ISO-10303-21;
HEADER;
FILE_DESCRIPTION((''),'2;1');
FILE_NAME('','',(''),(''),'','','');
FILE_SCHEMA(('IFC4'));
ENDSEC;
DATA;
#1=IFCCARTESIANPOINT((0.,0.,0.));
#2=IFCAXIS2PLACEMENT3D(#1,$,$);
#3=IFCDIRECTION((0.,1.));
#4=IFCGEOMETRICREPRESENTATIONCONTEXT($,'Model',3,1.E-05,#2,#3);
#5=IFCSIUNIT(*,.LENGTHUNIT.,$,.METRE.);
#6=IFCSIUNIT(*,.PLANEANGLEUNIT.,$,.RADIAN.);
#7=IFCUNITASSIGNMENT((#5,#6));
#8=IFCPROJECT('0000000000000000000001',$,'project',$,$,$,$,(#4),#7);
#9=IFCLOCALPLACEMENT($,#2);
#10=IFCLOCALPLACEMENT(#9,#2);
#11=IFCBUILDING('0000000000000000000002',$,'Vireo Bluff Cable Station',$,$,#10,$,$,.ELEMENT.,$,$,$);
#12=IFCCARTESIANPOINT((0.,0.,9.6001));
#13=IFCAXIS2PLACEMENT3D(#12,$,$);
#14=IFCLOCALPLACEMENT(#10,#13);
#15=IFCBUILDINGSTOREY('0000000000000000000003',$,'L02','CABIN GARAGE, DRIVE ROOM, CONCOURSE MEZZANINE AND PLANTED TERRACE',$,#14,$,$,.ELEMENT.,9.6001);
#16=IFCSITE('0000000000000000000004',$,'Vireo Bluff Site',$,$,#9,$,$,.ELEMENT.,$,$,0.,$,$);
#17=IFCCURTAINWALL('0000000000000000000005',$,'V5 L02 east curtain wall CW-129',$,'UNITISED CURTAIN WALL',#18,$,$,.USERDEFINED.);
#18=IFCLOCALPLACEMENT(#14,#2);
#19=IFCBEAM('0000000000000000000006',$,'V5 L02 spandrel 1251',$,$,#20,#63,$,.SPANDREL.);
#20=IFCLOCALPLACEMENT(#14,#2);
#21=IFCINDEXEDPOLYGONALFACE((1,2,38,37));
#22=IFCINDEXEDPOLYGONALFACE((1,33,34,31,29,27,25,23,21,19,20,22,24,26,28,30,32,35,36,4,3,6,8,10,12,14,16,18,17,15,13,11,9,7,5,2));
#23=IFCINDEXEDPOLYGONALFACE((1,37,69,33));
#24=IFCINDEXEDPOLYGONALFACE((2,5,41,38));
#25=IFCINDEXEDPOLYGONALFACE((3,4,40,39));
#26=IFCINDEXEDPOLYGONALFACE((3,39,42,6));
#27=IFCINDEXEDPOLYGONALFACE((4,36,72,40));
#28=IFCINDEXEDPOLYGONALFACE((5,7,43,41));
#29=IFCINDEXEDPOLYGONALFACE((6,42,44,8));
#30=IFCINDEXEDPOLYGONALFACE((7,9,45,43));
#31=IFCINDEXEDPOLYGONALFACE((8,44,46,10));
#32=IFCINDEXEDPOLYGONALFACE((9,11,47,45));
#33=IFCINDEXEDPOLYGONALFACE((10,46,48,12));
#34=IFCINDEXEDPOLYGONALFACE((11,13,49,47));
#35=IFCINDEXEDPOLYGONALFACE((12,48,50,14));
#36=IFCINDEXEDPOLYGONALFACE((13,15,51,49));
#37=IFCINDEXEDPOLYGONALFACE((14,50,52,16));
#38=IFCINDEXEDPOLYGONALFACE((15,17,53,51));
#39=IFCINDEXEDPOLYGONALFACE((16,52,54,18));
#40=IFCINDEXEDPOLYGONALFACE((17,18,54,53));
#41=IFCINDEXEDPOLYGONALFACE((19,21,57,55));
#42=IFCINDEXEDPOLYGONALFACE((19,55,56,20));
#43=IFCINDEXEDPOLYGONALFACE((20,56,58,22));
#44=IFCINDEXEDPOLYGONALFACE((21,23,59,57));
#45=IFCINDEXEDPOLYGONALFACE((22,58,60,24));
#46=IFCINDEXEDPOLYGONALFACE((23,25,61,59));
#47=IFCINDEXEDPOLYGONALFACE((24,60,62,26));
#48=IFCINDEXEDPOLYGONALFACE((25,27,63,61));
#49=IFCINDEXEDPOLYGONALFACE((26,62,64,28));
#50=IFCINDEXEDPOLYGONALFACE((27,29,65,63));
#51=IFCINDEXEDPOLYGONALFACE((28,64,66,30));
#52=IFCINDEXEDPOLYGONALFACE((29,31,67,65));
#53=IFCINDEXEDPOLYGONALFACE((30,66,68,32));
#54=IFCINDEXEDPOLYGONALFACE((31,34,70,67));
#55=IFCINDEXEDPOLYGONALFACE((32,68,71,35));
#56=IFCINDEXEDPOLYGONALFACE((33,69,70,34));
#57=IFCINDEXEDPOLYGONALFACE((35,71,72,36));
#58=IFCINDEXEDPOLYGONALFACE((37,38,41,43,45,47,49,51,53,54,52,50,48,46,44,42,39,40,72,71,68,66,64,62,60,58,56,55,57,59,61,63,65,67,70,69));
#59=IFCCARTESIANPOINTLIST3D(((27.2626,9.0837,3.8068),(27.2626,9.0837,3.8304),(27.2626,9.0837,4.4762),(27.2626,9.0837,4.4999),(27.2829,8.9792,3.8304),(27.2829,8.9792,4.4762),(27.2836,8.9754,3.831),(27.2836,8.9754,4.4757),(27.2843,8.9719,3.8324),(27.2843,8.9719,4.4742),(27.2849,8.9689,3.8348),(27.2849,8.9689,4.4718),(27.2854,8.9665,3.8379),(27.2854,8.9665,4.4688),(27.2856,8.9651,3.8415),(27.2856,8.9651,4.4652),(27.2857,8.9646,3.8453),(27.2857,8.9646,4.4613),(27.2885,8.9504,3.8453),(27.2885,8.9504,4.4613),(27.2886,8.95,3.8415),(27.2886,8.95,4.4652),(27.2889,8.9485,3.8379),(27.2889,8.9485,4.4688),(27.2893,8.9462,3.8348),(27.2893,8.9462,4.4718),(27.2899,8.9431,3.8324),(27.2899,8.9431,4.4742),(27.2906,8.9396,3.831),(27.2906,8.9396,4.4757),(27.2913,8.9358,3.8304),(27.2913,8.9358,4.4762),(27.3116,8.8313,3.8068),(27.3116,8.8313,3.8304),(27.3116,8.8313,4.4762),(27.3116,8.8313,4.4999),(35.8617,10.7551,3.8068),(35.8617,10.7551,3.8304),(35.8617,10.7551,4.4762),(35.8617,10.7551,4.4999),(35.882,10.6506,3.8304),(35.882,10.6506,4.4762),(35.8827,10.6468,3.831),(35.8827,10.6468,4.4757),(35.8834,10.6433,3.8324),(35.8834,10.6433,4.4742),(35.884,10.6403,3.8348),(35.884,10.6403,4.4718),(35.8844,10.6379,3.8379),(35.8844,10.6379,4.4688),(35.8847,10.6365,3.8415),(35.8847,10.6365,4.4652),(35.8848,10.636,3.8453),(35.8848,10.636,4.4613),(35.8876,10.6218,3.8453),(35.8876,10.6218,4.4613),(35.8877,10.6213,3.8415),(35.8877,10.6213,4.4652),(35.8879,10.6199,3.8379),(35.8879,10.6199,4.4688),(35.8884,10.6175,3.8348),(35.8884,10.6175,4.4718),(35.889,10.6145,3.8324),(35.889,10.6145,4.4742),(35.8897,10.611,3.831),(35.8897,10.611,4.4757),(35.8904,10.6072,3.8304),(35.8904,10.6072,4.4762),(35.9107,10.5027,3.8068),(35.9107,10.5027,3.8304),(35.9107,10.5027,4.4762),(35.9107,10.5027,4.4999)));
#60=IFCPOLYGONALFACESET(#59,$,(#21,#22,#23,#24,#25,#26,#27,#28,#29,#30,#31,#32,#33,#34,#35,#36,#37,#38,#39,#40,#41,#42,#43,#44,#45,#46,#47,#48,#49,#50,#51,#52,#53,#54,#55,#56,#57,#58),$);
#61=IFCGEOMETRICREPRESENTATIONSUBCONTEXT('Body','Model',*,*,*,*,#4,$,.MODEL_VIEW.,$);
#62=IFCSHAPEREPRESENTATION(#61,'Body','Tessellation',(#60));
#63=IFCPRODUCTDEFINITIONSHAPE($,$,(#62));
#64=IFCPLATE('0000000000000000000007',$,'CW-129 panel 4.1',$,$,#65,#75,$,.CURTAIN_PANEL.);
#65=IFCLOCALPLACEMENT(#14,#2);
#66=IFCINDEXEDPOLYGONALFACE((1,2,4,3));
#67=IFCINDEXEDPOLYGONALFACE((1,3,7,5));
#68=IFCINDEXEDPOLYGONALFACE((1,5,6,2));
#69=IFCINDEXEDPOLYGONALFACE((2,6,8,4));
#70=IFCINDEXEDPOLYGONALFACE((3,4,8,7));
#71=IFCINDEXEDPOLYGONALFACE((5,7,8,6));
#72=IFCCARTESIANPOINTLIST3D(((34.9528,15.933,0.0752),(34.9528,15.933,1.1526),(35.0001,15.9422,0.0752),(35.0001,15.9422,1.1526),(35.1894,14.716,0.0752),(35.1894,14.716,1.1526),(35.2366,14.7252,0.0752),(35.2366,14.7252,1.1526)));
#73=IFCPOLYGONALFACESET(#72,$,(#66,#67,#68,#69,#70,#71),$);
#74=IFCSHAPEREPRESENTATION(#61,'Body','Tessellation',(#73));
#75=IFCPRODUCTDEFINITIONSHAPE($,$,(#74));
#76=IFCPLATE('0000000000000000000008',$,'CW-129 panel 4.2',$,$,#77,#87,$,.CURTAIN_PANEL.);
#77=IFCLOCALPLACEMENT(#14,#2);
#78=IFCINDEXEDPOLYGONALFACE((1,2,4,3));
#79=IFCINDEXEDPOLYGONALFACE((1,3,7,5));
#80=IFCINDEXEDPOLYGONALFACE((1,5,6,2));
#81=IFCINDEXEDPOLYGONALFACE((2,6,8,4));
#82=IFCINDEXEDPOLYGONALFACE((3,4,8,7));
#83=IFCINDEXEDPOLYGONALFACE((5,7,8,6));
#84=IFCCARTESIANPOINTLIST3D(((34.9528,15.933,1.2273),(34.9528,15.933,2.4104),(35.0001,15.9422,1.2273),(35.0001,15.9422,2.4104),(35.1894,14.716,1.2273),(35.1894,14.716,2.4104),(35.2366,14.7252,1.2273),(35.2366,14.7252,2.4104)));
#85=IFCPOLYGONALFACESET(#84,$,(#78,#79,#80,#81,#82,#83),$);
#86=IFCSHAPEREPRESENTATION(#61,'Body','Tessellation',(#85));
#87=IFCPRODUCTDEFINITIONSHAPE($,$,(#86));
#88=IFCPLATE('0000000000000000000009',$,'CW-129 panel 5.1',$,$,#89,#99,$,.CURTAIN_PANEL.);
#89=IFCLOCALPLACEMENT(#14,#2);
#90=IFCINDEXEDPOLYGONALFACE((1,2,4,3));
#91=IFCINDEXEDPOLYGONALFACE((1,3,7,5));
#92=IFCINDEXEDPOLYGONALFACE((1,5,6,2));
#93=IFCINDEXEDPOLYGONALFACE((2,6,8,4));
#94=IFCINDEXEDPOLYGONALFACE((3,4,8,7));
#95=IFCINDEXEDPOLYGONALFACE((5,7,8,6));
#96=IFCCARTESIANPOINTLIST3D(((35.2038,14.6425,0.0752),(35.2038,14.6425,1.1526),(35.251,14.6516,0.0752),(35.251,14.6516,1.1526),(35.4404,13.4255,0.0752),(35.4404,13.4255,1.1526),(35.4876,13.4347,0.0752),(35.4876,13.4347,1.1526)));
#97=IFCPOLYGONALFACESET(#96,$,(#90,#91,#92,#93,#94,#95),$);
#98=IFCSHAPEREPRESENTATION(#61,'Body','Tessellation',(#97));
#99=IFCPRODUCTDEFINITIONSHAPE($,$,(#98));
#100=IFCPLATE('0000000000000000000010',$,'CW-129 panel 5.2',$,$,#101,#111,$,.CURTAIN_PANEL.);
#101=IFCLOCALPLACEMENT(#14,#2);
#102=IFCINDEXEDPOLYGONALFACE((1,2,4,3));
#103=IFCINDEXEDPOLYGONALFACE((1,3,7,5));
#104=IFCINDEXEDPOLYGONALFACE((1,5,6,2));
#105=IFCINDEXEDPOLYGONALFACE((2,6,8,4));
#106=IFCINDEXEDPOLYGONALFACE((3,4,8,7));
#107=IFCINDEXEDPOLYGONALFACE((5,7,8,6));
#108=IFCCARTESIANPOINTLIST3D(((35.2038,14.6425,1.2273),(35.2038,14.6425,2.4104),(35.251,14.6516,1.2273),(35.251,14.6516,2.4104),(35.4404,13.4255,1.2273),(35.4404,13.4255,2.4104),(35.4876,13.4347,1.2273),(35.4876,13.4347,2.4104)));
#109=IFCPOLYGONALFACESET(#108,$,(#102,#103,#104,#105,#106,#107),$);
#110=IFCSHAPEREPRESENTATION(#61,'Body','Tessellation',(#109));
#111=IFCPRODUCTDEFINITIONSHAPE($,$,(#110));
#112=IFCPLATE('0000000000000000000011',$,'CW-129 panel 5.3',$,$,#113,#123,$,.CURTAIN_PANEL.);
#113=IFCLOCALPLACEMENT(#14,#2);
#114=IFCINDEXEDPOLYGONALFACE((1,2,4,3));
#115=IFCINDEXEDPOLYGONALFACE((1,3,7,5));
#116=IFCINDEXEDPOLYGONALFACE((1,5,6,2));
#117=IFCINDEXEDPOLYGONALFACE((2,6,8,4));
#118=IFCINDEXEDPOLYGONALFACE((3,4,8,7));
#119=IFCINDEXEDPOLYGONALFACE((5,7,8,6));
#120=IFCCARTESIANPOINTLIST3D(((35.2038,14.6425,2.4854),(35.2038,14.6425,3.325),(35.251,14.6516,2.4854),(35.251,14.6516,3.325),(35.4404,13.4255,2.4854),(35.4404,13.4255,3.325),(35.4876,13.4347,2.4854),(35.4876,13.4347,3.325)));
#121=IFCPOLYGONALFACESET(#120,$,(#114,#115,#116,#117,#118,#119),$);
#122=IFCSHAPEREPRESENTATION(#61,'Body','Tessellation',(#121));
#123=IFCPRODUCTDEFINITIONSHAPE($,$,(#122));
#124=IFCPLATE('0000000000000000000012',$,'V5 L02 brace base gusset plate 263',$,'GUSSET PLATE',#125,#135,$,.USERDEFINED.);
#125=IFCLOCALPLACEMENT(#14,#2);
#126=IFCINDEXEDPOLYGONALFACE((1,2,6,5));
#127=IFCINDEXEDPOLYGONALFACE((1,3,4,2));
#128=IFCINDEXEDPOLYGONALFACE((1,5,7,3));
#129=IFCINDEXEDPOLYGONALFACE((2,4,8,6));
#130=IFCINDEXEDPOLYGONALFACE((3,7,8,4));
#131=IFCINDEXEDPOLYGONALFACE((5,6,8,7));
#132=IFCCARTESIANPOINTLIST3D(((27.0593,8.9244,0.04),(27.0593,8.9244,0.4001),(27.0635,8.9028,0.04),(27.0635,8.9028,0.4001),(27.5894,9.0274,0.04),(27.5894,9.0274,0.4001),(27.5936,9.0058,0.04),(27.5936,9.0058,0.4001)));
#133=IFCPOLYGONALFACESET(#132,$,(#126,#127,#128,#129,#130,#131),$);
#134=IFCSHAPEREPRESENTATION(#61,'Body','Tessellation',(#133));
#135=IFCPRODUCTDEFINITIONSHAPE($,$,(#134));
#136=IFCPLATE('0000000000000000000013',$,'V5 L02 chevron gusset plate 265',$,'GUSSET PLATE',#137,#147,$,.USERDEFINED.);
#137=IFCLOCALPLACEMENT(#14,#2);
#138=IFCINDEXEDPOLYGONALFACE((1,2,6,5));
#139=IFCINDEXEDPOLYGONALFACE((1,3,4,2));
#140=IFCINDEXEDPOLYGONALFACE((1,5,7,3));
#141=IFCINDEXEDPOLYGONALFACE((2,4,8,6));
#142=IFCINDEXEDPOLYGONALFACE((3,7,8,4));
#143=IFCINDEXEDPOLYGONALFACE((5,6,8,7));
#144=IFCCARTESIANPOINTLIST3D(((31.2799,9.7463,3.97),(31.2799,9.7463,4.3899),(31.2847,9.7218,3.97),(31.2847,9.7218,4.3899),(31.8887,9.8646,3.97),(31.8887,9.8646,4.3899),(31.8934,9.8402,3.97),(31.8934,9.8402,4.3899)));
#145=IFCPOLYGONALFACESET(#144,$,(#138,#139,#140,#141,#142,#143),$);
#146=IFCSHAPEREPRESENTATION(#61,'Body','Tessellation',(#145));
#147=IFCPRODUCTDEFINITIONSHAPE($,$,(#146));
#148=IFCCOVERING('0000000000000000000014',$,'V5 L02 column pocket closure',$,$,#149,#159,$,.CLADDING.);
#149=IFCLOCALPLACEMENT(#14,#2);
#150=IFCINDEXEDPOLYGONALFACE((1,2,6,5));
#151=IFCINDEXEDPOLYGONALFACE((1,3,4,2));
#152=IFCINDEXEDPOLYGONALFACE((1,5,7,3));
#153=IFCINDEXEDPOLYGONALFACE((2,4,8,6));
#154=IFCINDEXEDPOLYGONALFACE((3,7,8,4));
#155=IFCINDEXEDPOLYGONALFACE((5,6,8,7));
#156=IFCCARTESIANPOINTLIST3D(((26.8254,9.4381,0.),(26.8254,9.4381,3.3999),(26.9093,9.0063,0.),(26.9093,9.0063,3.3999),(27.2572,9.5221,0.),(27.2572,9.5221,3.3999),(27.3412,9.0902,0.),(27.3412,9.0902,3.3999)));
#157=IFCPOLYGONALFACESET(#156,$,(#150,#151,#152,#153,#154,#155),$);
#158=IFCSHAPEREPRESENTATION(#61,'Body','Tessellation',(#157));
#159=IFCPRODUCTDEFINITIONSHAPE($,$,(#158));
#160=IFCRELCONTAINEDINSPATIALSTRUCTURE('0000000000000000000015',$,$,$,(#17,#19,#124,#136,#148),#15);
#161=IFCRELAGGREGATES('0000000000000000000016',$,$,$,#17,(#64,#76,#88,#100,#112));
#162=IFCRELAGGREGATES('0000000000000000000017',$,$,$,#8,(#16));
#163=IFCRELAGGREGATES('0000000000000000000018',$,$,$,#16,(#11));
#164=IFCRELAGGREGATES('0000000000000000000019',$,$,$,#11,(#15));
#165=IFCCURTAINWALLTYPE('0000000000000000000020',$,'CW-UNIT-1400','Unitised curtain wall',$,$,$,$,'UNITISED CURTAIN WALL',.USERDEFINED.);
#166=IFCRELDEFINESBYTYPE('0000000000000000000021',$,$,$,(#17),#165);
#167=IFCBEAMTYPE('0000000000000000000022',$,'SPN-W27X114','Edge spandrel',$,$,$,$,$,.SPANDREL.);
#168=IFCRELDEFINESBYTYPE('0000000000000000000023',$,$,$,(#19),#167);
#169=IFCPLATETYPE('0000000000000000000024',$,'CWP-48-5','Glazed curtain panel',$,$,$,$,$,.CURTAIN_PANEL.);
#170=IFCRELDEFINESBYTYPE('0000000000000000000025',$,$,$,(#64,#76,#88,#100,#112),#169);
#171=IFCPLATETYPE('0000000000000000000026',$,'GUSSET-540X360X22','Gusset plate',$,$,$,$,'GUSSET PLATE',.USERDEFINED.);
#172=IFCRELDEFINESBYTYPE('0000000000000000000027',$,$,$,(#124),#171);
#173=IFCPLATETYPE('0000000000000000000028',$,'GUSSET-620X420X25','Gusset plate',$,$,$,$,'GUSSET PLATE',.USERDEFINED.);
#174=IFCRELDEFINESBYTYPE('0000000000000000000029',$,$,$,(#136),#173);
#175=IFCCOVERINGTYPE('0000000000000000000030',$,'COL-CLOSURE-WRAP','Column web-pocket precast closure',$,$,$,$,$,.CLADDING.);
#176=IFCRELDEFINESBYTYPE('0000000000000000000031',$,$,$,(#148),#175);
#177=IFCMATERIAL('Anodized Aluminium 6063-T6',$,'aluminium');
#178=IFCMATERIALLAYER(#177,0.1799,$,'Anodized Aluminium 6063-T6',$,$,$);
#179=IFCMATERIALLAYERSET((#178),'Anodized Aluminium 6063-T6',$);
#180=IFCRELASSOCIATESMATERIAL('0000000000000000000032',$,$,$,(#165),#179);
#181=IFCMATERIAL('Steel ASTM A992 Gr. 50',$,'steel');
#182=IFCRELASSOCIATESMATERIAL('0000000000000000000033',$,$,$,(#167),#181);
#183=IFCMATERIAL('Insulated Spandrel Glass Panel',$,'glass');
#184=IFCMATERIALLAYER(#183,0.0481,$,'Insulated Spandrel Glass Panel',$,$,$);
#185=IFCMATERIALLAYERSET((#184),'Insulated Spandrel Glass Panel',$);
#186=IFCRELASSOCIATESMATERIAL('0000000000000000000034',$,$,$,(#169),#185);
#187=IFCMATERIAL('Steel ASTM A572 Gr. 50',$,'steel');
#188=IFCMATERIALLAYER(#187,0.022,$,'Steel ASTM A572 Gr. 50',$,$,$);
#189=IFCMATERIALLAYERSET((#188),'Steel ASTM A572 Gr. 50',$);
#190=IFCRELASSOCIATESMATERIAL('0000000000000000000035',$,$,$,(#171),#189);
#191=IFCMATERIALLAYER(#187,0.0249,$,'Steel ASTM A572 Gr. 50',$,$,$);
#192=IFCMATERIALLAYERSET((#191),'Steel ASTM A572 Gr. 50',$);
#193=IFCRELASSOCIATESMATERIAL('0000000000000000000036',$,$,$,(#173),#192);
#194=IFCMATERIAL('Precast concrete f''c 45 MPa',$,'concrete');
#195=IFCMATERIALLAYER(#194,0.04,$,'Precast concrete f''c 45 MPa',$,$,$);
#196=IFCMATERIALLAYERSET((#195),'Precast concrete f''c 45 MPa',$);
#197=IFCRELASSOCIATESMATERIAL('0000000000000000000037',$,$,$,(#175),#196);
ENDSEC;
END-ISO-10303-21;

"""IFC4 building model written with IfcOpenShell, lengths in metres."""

from ifc_helpers import new_model, si_unit, direction, frame, origin, origin_2d, place, context, subcontext, project, spatial, rectangle, i_section, extrude, material, layer, layer_set, material_profile, profile_set, type_object, element, aggregate, save


model = new_model("IFC4")

# Units and contexts
model_context = context("Model", 3, precision=1e-05, world=origin(), true_north=direction((0.0, 1.0)))
body_context = subcontext(model_context, "Body", "Model", "MODEL_VIEW")
ifc_project = project(units=[si_unit("LENGTHUNIT", "METRE"), si_unit("PLANEANGLEUNIT", "RADIAN")], contexts=[model_context])

# Site, building, storey
site_placement = place(None, origin())
site = spatial("IfcSite", under=ifc_project, at=site_placement, Name="Vireo Bluff Site", CompositionType="ELEMENT", RefElevation=0.0)
building_placement = place(site_placement, origin())
building = spatial("IfcBuilding", under=site, at=building_placement, Name="Vireo Bluff Cable Station", CompositionType="ELEMENT")
storey_placement = place(building_placement, frame((0.0, 0.0, 9.6001)))
storey = spatial("IfcBuildingStorey", under=building, at=storey_placement, Name="L02", Description="CABIN GARAGE, DRIVE ROOM, CONCOURSE MEZZANINE AND PLANTED TERRACE", CompositionType="ELEMENT", Elevation=9.6001)

# Shared definitions
ifc_material_1 = material(Name="Steel ASTM A992 Gr. 50", Category="steel")

# Shared definitions
ifc_material_2 = material(Name="Anodized Aluminium 6063-T6", Category="aluminium")

# Curtain wall
ifc_layer_1 = layer(ifc_material_2, 0.1799, Name="Anodized Aluminium 6063-T6")
ifc_layer_set_1 = layer_set([ifc_layer_1], Name="Anodized Aluminium 6063-T6")
curtain_wall_type_1 = type_object("IfcCurtainWallType", Name="CW-UNIT-1400", Description="Unitised curtain wall", ElementType="UNITISED CURTAIN WALL", PredefinedType="USERDEFINED", material=ifc_layer_set_1)
curtain_wall_1_placement = place(storey_placement, origin())
curtain_wall_1 = element("IfcCurtainWall", 1, at=curtain_wall_1_placement, inside=storey, type_object=curtain_wall_type_1, Name="V5 L02 east curtain wall CW-129", ObjectType="UNITISED CURTAIN WALL", PredefinedType="USERDEFINED")

# Beam
ifc_material_profile_1 = material_profile(ifc_material_1, i_section(OverallWidth=0.2571, OverallDepth=0.6931, WebThickness=0.0144, FlangeThickness=0.0237, FilletRadius=0.0149, at=origin_2d()), Name="W27X114")
ifc_profile_set_1 = profile_set([ifc_material_profile_1], Name="Steel ASTM A992 Gr. 50")
beam_type_1 = type_object("IfcBeamType", Name="SPN-W27X114", Description="Edge spandrel", PredefinedType="SPANDREL", material=ifc_profile_set_1)
beam_1_placement = place(storey_placement, frame((27.2871, 8.9575, 4.1533), z_axis=(0.98163, 0.190797, 0.0), x_axis=(-0.190797, 0.98163, 0.0)))
element("IfcBeam", 2, at=beam_1_placement, inside=storey, type_object=beam_type_1, Name="V5 L02 spandrel 1251", PredefinedType="SPANDREL", context=body_context, shape_type="SweptSolid", body=[
    extrude(i_section(OverallWidth=0.2571, OverallDepth=0.6931, WebThickness=0.0144, FlangeThickness=0.0237, FilletRadius=0.0149, at=origin_2d()), origin(), (0.0, 0.0, 1.0), 8.76),
])

# Plates
ifc_material_3 = material(Name="Insulated Spandrel Glass Panel", Category="glass")
ifc_layer_2 = layer(ifc_material_3, 0.0481, Name="Insulated Spandrel Glass Panel")
ifc_layer_set_2 = layer_set([ifc_layer_2], Name="Insulated Spandrel Glass Panel")
plate_type_1 = type_object("IfcPlateType", Name="CWP-48-5", Description="Glazed curtain panel", PredefinedType="CURTAIN_PANEL", material=ifc_layer_set_2)
plate_1_placement = place(storey_placement, frame((35.0947, 15.3291, 0.0752), z_axis=(0.0, 0.0, 1.0), x_axis=(0.190809, -0.981627, 0.0)))
plate_1 = element("IfcPlate", 3, at=plate_1_placement, type_object=plate_type_1, Name="CW-129 panel 4.1", PredefinedType="CURTAIN_PANEL", context=body_context, shape_type="SweptSolid", body=[
    extrude(rectangle(XDim=1.2397, YDim=0.0481, at=origin_2d()), origin(), (0.0, 0.0, 1.0), 1.0774),
])
plate_2_placement = place(storey_placement, frame((35.0947, 15.3291, 1.2273), z_axis=(0.0, 0.0, 1.0), x_axis=(0.190809, -0.981627, 0.0)))
plate_2 = element("IfcPlate", 4, at=plate_2_placement, type_object=plate_type_1, Name="CW-129 panel 4.2", PredefinedType="CURTAIN_PANEL", context=body_context, shape_type="SweptSolid", body=[
    extrude(rectangle(XDim=1.2397, YDim=0.0481, at=origin_2d()), origin(), (0.0, 0.0, 1.0), 1.1831),
])
plate_3_placement = place(storey_placement, frame((35.3457, 14.0386, 0.0752), z_axis=(0.0, 0.0, 1.0), x_axis=(0.190809, -0.981627, 0.0)))
plate_3 = element("IfcPlate", 5, at=plate_3_placement, type_object=plate_type_1, Name="CW-129 panel 5.1", PredefinedType="CURTAIN_PANEL", context=body_context, shape_type="SweptSolid", body=[
    extrude(rectangle(XDim=1.2397, YDim=0.0481, at=origin_2d()), origin(), (0.0, 0.0, 1.0), 1.0774),
])
plate_4_placement = place(storey_placement, frame((35.3457, 14.0386, 1.2273), z_axis=(0.0, 0.0, 1.0), x_axis=(0.190809, -0.981627, 0.0)))
plate_4 = element("IfcPlate", 6, at=plate_4_placement, type_object=plate_type_1, Name="CW-129 panel 5.2", PredefinedType="CURTAIN_PANEL", context=body_context, shape_type="SweptSolid", body=[
    extrude(rectangle(XDim=1.2397, YDim=0.0481, at=origin_2d()), origin(), (0.0, 0.0, 1.0), 1.1831),
])
plate_5_placement = place(storey_placement, frame((35.3457, 14.0386, 2.4854), z_axis=(0.0, 0.0, 1.0), x_axis=(0.190809, -0.981627, 0.0)))
plate_5 = element("IfcPlate", 7, at=plate_5_placement, type_object=plate_type_1, Name="CW-129 panel 5.3", PredefinedType="CURTAIN_PANEL", context=body_context, shape_type="SweptSolid", body=[
    extrude(rectangle(XDim=1.2397, YDim=0.0481, at=origin_2d()), origin(), (0.0, 0.0, 1.0), 0.8396),
])
aggregate(curtain_wall_1, [plate_1, plate_2, plate_3, plate_4, plate_5])

# Plates
ifc_material_4 = material(Name="Steel ASTM A572 Gr. 50", Category="steel")
ifc_layer_3 = layer(ifc_material_4, 0.022, Name="Steel ASTM A572 Gr. 50")
ifc_layer_set_3 = layer_set([ifc_layer_3], Name="Steel ASTM A572 Gr. 50")
plate_type_2 = type_object("IfcPlateType", Name="GUSSET-540X360X22", Description="Gusset plate", ElementType="GUSSET PLATE", PredefinedType="USERDEFINED", material=ifc_layer_set_3)
plate_6_placement = place(storey_placement, frame((27.3264, 8.9651, 0.04), z_axis=(0.0, 0.0, 1.0), x_axis=(0.981627, 0.190809, 0.0)))
element("IfcPlate", 8, at=plate_6_placement, inside=storey, type_object=plate_type_2, Name="V5 L02 brace base gusset plate 263", ObjectType="GUSSET PLATE", PredefinedType="USERDEFINED", context=body_context, shape_type="SweptSolid", body=[
    extrude(rectangle(XDim=0.54, YDim=0.022, at=origin_2d()), origin(), (0.0, 0.0, 1.0), 0.3601),
])
ifc_layer_4 = layer(ifc_material_4, 0.0249, Name="Steel ASTM A572 Gr. 50")
ifc_layer_set_4 = layer_set([ifc_layer_4], Name="Steel ASTM A572 Gr. 50")
plate_type_3 = type_object("IfcPlateType", Name="GUSSET-620X420X25", Description="Gusset plate", ElementType="GUSSET PLATE", PredefinedType="USERDEFINED", material=ifc_layer_set_4)
plate_7_placement = place(storey_placement, frame((31.5867, 9.7932, 3.97), z_axis=(0.0, 0.0, 1.0), x_axis=(0.981627, 0.190809, 0.0)))
element("IfcPlate", 9, at=plate_7_placement, inside=storey, type_object=plate_type_3, Name="V5 L02 chevron gusset plate 265", ObjectType="GUSSET PLATE", PredefinedType="USERDEFINED", context=body_context, shape_type="SweptSolid", body=[
    extrude(rectangle(XDim=0.6201, YDim=0.0249, at=origin_2d()), origin(), (0.0, 0.0, 1.0), 0.4199),
])

# Covering
ifc_material_5 = material(Name="Precast concrete f'c 45 MPa", Category="concrete")
ifc_layer_5 = layer(ifc_material_5, 0.04, Name="Precast concrete f'c 45 MPa")
ifc_layer_set_5 = layer_set([ifc_layer_5], Name="Precast concrete f'c 45 MPa")
covering_type = type_object("IfcCoveringType", Name="COL-CLOSURE-WRAP", Description="Column web-pocket precast closure", PredefinedType="CLADDING", material=ifc_layer_set_5)
covering_placement = place(storey_placement, frame((27.0833, 9.2642, 0.0), z_axis=(0.0, 0.0, 1.0), x_axis=(0.981627, 0.190809, 0.0)))
element("IfcCovering", 10, at=covering_placement, inside=storey, type_object=covering_type, Name="V5 L02 column pocket closure", PredefinedType="CLADDING", context=body_context, shape_type="SweptSolid", body=[
    extrude(rectangle(XDim=0.4399, YDim=0.4399, at=origin_2d()), origin(), (0.0, 0.0, 1.0), 3.3999),
])

save(model, "model.ifc")
